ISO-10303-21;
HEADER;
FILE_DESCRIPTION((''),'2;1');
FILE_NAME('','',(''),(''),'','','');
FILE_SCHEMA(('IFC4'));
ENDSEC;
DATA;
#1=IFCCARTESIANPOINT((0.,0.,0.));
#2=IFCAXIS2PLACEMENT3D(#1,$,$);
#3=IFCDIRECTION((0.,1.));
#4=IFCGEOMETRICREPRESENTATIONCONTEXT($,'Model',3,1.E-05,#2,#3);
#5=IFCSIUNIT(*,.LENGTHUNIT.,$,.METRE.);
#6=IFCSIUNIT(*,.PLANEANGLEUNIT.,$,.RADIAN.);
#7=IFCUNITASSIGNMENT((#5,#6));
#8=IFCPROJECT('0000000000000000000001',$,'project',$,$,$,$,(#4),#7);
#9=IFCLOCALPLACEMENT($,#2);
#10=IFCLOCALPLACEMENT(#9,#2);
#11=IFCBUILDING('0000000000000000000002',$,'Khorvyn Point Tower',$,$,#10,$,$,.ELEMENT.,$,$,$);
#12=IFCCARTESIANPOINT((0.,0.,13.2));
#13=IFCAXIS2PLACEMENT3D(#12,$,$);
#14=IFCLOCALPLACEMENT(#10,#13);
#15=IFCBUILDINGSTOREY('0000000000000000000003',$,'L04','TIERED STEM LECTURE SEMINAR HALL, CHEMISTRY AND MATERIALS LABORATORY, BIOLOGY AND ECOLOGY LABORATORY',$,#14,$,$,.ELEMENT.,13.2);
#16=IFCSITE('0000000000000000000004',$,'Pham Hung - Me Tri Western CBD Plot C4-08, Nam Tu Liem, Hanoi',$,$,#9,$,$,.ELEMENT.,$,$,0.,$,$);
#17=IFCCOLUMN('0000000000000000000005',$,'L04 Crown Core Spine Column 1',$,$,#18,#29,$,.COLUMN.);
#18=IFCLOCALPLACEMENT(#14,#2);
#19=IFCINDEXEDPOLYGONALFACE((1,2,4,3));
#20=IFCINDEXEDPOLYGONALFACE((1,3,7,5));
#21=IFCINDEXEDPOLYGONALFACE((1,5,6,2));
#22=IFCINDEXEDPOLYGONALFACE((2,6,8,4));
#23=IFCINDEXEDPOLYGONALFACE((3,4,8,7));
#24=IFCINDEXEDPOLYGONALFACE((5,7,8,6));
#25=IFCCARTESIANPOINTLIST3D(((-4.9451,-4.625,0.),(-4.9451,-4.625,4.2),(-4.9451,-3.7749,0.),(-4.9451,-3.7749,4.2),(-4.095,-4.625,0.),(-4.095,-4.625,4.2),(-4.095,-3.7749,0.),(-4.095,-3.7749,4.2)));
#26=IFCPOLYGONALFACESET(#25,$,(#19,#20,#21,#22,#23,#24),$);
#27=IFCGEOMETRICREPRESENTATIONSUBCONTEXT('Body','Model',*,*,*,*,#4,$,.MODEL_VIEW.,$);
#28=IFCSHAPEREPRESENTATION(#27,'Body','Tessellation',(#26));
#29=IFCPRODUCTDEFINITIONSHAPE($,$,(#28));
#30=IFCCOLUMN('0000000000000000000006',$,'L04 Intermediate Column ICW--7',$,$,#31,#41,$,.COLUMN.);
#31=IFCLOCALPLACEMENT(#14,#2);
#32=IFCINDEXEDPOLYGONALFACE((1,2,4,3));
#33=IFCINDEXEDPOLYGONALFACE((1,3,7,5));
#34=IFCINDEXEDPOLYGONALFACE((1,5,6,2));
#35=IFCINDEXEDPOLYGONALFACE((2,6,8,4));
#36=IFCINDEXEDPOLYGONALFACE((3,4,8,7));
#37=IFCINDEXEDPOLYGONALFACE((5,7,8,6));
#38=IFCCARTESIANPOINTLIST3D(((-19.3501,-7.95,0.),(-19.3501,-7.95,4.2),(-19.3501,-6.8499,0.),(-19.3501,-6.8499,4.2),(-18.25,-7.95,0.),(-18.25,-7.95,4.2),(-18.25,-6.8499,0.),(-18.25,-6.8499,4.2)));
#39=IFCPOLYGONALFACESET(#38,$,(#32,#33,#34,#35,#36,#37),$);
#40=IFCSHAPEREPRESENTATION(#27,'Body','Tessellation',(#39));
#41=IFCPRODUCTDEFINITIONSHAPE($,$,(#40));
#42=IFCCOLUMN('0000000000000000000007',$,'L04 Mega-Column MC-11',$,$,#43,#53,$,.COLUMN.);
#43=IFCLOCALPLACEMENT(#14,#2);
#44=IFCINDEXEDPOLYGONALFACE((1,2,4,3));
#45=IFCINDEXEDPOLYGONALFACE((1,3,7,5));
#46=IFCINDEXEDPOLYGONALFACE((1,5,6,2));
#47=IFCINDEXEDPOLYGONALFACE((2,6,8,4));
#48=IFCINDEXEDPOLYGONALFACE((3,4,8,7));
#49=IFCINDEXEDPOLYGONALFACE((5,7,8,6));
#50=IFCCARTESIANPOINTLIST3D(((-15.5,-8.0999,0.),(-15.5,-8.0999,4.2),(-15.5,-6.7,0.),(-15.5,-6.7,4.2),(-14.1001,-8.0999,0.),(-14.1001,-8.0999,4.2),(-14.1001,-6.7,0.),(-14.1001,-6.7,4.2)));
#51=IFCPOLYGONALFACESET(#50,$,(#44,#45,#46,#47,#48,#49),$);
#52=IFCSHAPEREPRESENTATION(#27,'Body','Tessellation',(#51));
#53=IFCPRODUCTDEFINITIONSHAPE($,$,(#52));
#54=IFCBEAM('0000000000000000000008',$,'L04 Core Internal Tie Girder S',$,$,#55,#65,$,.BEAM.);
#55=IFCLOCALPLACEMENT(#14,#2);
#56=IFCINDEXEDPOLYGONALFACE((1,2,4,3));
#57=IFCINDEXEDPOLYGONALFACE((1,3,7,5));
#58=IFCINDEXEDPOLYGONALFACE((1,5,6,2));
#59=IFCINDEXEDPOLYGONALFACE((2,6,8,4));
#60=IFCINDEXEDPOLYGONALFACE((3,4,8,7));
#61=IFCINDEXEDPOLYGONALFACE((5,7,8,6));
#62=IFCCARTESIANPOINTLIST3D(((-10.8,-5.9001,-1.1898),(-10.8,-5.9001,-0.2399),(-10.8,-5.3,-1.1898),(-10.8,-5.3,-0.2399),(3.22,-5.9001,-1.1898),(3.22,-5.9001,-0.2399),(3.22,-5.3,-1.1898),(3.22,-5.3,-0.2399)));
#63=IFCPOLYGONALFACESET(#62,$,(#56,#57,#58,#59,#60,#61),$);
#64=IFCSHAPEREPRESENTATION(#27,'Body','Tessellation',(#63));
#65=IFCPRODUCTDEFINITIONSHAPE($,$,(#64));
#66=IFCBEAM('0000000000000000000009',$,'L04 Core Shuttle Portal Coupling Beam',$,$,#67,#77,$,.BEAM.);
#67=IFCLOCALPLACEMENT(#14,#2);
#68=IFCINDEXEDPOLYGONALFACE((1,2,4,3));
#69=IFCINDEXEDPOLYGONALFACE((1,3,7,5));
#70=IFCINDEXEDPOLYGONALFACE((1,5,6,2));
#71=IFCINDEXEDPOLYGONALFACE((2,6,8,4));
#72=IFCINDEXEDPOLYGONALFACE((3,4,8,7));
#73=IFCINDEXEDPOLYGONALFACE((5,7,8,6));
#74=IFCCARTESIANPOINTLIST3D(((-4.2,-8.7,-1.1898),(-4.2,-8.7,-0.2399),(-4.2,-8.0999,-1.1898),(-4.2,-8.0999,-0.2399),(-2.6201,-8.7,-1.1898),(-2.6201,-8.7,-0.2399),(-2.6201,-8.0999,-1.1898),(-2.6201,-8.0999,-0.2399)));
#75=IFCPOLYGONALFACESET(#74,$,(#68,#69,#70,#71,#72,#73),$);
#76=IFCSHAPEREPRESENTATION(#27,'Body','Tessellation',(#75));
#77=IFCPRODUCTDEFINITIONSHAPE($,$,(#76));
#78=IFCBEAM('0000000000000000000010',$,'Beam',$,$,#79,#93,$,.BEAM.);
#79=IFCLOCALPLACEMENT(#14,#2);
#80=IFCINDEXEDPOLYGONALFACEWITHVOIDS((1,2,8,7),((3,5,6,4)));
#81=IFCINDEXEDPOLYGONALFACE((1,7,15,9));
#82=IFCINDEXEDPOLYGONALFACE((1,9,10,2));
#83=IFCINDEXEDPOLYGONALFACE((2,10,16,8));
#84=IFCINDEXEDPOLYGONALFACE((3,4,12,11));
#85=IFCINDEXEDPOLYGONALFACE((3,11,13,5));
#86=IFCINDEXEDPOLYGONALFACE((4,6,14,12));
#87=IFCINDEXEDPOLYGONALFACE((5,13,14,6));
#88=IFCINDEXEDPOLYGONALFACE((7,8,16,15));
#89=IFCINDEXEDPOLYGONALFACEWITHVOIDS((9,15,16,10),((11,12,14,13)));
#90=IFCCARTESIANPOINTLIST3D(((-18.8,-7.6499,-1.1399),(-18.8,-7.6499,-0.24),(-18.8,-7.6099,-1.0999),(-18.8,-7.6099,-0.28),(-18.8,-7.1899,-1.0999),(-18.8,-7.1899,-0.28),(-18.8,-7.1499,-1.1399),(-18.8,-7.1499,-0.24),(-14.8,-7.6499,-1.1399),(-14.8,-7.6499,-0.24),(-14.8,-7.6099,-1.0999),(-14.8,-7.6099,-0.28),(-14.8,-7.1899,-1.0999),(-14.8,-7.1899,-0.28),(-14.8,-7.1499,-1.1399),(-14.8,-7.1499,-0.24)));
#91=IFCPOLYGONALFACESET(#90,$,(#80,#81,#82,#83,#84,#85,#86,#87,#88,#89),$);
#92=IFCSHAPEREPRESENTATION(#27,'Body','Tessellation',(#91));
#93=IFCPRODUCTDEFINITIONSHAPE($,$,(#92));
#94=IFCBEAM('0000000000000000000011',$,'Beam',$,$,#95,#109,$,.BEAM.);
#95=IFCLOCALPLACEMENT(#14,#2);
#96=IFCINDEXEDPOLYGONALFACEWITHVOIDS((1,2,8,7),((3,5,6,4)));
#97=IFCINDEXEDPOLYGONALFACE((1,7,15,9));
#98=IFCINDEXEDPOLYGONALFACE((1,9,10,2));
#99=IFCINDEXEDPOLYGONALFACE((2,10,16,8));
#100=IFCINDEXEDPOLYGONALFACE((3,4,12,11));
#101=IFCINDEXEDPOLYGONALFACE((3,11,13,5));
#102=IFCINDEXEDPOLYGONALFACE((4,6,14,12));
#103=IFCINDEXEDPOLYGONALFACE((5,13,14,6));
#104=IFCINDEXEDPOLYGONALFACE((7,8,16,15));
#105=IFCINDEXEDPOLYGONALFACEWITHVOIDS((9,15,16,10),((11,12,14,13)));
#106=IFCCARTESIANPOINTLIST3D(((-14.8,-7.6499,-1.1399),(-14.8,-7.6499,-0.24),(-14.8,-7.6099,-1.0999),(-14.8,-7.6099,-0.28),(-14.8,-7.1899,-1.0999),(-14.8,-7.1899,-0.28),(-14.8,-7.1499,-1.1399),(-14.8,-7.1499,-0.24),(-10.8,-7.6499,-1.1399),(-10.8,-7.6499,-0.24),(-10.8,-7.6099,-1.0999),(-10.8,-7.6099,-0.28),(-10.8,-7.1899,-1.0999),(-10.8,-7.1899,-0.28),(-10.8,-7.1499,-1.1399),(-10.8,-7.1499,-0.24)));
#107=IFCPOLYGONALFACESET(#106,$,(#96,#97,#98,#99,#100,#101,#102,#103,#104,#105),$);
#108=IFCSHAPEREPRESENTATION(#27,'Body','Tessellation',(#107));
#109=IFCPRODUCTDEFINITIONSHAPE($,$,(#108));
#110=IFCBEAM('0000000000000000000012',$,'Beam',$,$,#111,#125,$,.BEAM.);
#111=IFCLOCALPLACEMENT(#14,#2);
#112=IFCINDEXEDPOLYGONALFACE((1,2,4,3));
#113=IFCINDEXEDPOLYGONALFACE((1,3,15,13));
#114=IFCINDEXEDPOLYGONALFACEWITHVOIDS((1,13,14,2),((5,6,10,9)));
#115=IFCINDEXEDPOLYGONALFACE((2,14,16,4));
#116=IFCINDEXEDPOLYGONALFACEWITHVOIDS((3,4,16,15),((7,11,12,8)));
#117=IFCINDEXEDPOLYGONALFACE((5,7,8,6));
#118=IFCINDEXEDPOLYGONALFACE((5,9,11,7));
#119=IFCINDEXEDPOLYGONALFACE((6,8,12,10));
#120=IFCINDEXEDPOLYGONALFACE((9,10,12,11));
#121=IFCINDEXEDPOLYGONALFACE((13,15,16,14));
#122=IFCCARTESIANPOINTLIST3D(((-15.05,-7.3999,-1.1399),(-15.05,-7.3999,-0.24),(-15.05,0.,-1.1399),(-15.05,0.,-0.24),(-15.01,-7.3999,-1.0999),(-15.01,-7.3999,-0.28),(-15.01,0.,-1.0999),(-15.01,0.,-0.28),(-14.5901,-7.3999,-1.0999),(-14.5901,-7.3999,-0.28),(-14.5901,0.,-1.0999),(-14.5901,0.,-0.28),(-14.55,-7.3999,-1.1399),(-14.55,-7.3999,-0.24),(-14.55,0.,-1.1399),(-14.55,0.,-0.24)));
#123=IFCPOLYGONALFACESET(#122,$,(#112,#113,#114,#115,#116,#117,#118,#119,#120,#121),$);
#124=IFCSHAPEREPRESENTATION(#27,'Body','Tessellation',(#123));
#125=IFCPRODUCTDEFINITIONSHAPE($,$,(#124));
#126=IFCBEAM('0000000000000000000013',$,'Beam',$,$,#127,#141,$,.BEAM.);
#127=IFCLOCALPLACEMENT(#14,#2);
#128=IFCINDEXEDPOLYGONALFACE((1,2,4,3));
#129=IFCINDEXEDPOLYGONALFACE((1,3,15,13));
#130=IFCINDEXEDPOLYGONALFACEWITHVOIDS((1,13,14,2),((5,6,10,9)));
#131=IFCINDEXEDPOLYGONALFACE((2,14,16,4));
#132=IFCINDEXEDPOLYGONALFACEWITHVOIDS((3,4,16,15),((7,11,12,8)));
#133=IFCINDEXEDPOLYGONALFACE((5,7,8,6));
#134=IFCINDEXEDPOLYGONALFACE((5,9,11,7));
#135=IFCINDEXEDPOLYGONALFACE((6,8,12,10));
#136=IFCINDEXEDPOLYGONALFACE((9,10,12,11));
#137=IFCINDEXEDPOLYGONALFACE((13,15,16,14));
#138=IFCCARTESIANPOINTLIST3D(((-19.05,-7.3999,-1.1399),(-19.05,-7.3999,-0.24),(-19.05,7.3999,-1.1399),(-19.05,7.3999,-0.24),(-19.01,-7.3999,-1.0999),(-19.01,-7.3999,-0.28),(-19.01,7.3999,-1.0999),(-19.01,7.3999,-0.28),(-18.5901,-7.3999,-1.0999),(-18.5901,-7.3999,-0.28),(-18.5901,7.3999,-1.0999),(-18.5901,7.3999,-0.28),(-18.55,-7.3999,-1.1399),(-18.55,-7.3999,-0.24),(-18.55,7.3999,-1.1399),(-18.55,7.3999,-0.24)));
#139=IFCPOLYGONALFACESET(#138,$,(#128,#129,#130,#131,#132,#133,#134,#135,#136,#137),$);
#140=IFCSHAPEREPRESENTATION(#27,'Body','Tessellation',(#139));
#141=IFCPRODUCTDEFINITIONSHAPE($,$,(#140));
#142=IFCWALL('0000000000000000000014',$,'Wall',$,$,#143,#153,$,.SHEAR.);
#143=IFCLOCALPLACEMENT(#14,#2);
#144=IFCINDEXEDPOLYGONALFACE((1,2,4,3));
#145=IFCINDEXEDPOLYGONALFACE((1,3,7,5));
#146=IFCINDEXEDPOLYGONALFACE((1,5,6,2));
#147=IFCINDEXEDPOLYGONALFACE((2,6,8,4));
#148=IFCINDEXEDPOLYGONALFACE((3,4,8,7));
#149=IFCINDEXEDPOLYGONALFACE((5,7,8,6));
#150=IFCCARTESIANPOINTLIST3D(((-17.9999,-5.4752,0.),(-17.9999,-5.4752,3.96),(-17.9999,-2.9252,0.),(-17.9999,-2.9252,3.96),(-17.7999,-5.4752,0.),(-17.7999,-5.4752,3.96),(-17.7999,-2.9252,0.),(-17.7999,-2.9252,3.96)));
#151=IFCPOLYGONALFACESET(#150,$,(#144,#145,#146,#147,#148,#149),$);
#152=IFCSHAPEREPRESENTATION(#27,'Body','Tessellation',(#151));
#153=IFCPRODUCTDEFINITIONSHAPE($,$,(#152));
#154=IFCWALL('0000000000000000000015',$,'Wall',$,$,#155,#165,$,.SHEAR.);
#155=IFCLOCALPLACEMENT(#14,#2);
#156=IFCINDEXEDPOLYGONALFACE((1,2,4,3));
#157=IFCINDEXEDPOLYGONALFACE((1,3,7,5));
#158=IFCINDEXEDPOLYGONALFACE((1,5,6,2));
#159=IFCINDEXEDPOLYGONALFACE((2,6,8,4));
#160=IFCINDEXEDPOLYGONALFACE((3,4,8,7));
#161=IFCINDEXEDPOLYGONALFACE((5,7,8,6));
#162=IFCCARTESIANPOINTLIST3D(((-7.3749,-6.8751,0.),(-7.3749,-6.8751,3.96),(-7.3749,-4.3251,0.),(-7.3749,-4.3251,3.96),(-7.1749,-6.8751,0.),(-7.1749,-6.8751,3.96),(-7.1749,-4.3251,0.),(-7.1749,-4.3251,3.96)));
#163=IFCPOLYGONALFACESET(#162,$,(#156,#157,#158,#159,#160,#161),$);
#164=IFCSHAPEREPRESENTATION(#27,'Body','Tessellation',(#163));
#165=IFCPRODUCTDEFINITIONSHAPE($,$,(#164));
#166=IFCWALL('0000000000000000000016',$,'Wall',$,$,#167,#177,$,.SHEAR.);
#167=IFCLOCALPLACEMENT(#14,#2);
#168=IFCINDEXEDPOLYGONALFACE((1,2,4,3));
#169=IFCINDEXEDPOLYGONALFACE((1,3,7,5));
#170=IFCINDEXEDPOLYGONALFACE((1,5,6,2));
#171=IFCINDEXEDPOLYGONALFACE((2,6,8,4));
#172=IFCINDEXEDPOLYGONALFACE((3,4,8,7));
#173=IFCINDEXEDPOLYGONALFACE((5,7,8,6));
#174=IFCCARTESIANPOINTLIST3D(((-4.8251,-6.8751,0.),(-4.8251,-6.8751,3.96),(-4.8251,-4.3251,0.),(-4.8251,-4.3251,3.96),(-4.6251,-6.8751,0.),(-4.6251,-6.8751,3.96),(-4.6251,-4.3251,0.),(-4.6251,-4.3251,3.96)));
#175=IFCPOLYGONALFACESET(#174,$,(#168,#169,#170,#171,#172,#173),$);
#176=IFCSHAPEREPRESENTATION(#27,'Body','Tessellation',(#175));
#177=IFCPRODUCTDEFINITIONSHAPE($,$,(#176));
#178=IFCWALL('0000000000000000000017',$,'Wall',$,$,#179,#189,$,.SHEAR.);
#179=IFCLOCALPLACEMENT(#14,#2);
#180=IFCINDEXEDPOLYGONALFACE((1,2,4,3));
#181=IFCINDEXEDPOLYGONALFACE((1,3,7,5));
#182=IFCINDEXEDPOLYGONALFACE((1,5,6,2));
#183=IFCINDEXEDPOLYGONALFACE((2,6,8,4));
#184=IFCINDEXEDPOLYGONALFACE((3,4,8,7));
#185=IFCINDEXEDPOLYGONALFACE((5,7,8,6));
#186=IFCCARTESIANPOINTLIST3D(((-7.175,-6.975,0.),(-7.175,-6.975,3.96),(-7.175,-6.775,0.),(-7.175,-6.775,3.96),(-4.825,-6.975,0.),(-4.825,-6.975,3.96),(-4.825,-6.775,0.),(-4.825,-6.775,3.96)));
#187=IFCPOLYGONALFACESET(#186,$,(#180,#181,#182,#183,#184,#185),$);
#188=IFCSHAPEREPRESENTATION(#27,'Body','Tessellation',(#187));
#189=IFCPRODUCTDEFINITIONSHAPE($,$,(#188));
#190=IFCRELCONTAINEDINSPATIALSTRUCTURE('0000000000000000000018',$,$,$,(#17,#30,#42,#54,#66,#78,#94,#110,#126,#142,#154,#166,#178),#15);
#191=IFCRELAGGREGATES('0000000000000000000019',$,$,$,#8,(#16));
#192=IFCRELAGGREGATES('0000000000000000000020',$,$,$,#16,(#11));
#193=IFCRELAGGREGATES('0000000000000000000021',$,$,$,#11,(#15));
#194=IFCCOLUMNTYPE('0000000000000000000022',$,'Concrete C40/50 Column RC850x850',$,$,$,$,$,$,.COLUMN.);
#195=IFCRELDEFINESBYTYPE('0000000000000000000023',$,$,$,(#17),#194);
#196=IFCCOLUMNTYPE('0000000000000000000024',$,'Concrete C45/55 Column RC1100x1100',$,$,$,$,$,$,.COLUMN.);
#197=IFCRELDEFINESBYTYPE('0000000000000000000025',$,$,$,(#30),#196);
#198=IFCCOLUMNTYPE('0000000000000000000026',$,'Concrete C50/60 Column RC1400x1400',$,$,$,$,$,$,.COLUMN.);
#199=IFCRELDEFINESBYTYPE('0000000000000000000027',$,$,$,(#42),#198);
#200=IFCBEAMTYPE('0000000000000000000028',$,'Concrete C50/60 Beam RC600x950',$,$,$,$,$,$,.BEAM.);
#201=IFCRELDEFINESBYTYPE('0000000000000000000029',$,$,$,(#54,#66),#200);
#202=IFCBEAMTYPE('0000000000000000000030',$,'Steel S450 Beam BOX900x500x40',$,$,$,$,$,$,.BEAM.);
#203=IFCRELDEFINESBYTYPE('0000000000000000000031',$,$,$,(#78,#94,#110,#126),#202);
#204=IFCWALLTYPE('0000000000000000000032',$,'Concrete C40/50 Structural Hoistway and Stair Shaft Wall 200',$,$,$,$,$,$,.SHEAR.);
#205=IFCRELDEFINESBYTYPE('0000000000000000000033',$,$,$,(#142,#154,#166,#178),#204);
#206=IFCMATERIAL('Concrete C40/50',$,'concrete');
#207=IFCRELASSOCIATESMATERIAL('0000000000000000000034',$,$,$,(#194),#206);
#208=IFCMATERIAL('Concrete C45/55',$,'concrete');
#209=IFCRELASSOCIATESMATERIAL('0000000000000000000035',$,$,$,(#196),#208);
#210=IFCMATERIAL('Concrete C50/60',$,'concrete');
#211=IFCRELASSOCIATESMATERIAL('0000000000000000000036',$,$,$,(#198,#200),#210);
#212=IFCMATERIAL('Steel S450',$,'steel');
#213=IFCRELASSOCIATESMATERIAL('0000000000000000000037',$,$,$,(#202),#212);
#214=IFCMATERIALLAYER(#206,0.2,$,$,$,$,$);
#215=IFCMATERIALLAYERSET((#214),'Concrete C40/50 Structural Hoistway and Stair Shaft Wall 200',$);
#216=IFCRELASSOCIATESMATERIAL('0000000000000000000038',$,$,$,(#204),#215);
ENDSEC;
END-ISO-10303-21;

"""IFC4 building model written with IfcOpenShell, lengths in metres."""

from ifc_helpers import new_model, si_unit, direction, frame, frame_2d, origin, origin_2d, place, context, subcontext, project, spatial, rectangle, hollow_rectangle, extrude, material, layer, layer_set, material_profile, profile_set, type_object, element, save


model = new_model("IFC4")

# Units and contexts
model_context = context("Model", 3, precision=1e-05, world=origin(), true_north=direction((0.0, 1.0)))
body_context = subcontext(model_context, "Body", "Model", "MODEL_VIEW")
ifc_project = project(units=[si_unit("LENGTHUNIT", "METRE"), si_unit("PLANEANGLEUNIT", "RADIAN")], contexts=[model_context])

# Site, building, storey
site_placement = place(None, origin())
site = spatial("IfcSite", under=ifc_project, at=site_placement, Name="Pham Hung - Me Tri Western CBD Plot C4-08, Nam Tu Liem, Hanoi", CompositionType="ELEMENT", RefElevation=0.0)
building_placement = place(site_placement, origin())
building = spatial("IfcBuilding", under=site, at=building_placement, Name="Khorvyn Point Tower", CompositionType="ELEMENT")
storey_placement = place(building_placement, frame((0.0, 0.0, 13.2)))
storey = spatial("IfcBuildingStorey", under=building, at=storey_placement, Name="L04", Description="TIERED STEM LECTURE SEMINAR HALL, CHEMISTRY AND MATERIALS LABORATORY, BIOLOGY AND ECOLOGY LABORATORY", CompositionType="ELEMENT", Elevation=13.2)

# Columns
ifc_material_1 = material(Name="Concrete C40/50", Category="concrete")
ifc_material_profile_1 = material_profile(ifc_material_1, rectangle(XDim=0.8501, YDim=0.8501, at=origin_2d()))
ifc_profile_set_1 = profile_set([ifc_material_profile_1], Name="Concrete C40/50 RC850x850")
column_type_1 = type_object("IfcColumnType", Name="Concrete C40/50 Column RC850x850", PredefinedType="COLUMN", material=ifc_profile_set_1)
column_1_placement = place(storey_placement, frame((-4.52, -4.2, 0.0), z_axis=(0.0, 0.0, 1.0), x_axis=(1.0, 0.0, 0.0)))
element("IfcColumn", 1, at=column_1_placement, inside=storey, type_object=column_type_1, Name="L04 Crown Core Spine Column 1", PredefinedType="COLUMN", context=body_context, shape_type="SweptSolid", body=[
    extrude(rectangle(XDim=0.8501, YDim=0.8501, at=origin_2d()), origin(), (0.0, 0.0, 1.0), 4.2),
])
ifc_material_2 = material(Name="Concrete C45/55", Category="concrete")
ifc_material_profile_2 = material_profile(ifc_material_2, rectangle(XDim=1.1001, YDim=1.1001, at=origin_2d()))
ifc_profile_set_2 = profile_set([ifc_material_profile_2], Name="Concrete C45/55 RC1100x1100")
column_type_2 = type_object("IfcColumnType", Name="Concrete C45/55 Column RC1100x1100", PredefinedType="COLUMN", material=ifc_profile_set_2)
column_2_placement = place(storey_placement, frame((-18.8, -7.3999, 0.0), z_axis=(0.0, 0.0, 1.0), x_axis=(1.0, 0.0, 0.0)))
element("IfcColumn", 2, at=column_2_placement, inside=storey, type_object=column_type_2, Name="L04 Intermediate Column ICW--7", PredefinedType="COLUMN", context=body_context, shape_type="SweptSolid", body=[
    extrude(rectangle(XDim=1.1001, YDim=1.1001, at=origin_2d()), origin(), (0.0, 0.0, 1.0), 4.2),
])
ifc_material_3 = material(Name="Concrete C50/60", Category="concrete")
ifc_material_profile_3 = material_profile(ifc_material_3, rectangle(XDim=1.3999, YDim=1.3999, at=origin_2d()))
ifc_profile_set_3 = profile_set([ifc_material_profile_3], Name="Concrete C50/60 RC1400x1400")
column_type_3 = type_object("IfcColumnType", Name="Concrete C50/60 Column RC1400x1400", PredefinedType="COLUMN", material=ifc_profile_set_3)
column_3_placement = place(storey_placement, frame((-14.8, -7.3999, 0.0), z_axis=(0.0, 0.0, 1.0), x_axis=(1.0, 0.0, 0.0)))
element("IfcColumn", 3, at=column_3_placement, inside=storey, type_object=column_type_3, Name="L04 Mega-Column MC-11", PredefinedType="COLUMN", context=body_context, shape_type="SweptSolid", body=[
    extrude(rectangle(XDim=1.3999, YDim=1.3999, at=origin_2d()), origin(), (0.0, 0.0, 1.0), 4.2),
])

# Beams
ifc_material_profile_4 = material_profile(ifc_material_3, rectangle(XDim=0.6001, YDim=0.95, at=origin_2d()))
ifc_profile_set_4 = profile_set([ifc_material_profile_4], Name="Concrete C50/60 RC600x950")
beam_type_1 = type_object("IfcBeamType", Name="Concrete C50/60 Beam RC600x950", PredefinedType="BEAM", material=ifc_profile_set_4)
beam_1_placement = place(storey_placement, frame((-10.8, -5.6001, -0.7148), z_axis=(1.0, 0.0, 0.0), x_axis=(0.0, 1.0, 0.0)))
element("IfcBeam", 4, at=beam_1_placement, inside=storey, type_object=beam_type_1, Name="L04 Core Internal Tie Girder S", PredefinedType="BEAM", context=body_context, shape_type="SweptSolid", body=[
    extrude(rectangle(XDim=0.6001, YDim=0.95, at=origin_2d()), origin(), (0.0, 0.0, 1.0), 14.02),
])
beam_2_placement = place(storey_placement, frame((-4.2, -8.3999, -0.7148), z_axis=(1.0, 0.0, 0.0), x_axis=(0.0, 1.0, 0.0)))
element("IfcBeam", 5, at=beam_2_placement, inside=storey, type_object=beam_type_1, Name="L04 Core Shuttle Portal Coupling Beam", PredefinedType="BEAM", context=body_context, shape_type="SweptSolid", body=[
    extrude(rectangle(XDim=0.6001, YDim=0.95, at=origin_2d()), origin(), (0.0, 0.0, 1.0), 1.5798),
])
ifc_material_4 = material(Name="Steel S450", Category="steel")
ifc_material_profile_5 = material_profile(ifc_material_4, hollow_rectangle(XDim=0.5, YDim=0.8999, WallThickness=0.04, at=origin_2d()))
ifc_profile_set_5 = profile_set([ifc_material_profile_5], Name="Steel S450 BOX900x500x40")
beam_type_2 = type_object("IfcBeamType", Name="Steel S450 Beam BOX900x500x40", PredefinedType="BEAM", material=ifc_profile_set_5)
for number, where, z_axis, x_axis, name in (
    (6, (-18.8, -7.3999, -0.6899), (1.0, 0.0, 0.0), (0.0, 1.0, 0.0), "Beam"),
    (7, (-14.8, -7.3999, -0.6899), (1.0, 0.0, 0.0), (0.0, 1.0, 0.0), "Beam"),
):
    element("IfcBeam", number, at=place(storey_placement, frame(where, z_axis=z_axis, x_axis=x_axis)), inside=storey, type_object=beam_type_2, Name=name, PredefinedType="BEAM", context=body_context, shape_type="SweptSolid", body=[
        extrude(hollow_rectangle(XDim=0.5, YDim=0.8999, WallThickness=0.04, at=origin_2d()), origin(), (0.0, 0.0, 1.0), 4.0),
    ])
beam_3_placement = place(storey_placement, frame((-14.8, -7.3999, -0.6899), z_axis=(0.0, 1.0, 0.0), x_axis=(-1.0, 0.0, 0.0)))
element("IfcBeam", 8, at=beam_3_placement, inside=storey, type_object=beam_type_2, Name="Beam", PredefinedType="BEAM", context=body_context, shape_type="SweptSolid", body=[
    extrude(hollow_rectangle(XDim=0.5, YDim=0.8999, WallThickness=0.04, at=origin_2d()), origin(), (0.0, 0.0, 1.0), 7.3999),
])
beam_4_placement = place(storey_placement, frame((-18.8, -7.3999, -0.6899), z_axis=(0.0, 1.0, 0.0), x_axis=(-1.0, 0.0, 0.0)))
element("IfcBeam", 9, at=beam_4_placement, inside=storey, type_object=beam_type_2, Name="Beam", PredefinedType="BEAM", context=body_context, shape_type="SweptSolid", body=[
    extrude(hollow_rectangle(XDim=0.5, YDim=0.8999, WallThickness=0.04, at=origin_2d()), origin(), (0.0, 0.0, 1.0), 14.7998),
])

# Walls
ifc_layer_1 = layer(ifc_material_1, 0.2)
ifc_layer_set_1 = layer_set([ifc_layer_1], Name="Concrete C40/50 Structural Hoistway and Stair Shaft Wall 200")
wall_type_1 = type_object("IfcWallType", Name="Concrete C40/50 Structural Hoistway and Stair Shaft Wall 200", PredefinedType="SHEAR", material=ifc_layer_set_1)
for number, where, z_axis, x_axis, name in (
    (10, (-17.8999, -5.4751, 0.0), (0.0, 0.0, 1.0), (0.0, 1.0, 0.0), "Wall"),
    (11, (-7.2749, -6.875, 0.0), (0.0, 0.0, 1.0), (0.0, 1.0, 0.0), "Wall"),
    (12, (-4.7251, -6.875, 0.0), (0.0, 0.0, 1.0), (0.0, 1.0, 0.0), "Wall"),
):
    element("IfcWall", number, at=place(storey_placement, frame(where, z_axis=z_axis, x_axis=x_axis)), inside=storey, type_object=wall_type_1, Name=name, PredefinedType="SHEAR", context=body_context, shape_type="SweptSolid", body=[
        extrude(rectangle(XDim=2.55, YDim=0.2, at=frame_2d((1.2749, 0.0))), origin(), (0.0, 0.0, 1.0), 3.96),
    ])
for number, where, z_axis, x_axis, name in (
    (13, (-7.175, -6.875, 0.0), (0.0, 0.0, 1.0), (1.0, 0.0, 0.0), "Wall"),
):
    element("IfcWall", number, at=place(storey_placement, frame(where, z_axis=z_axis, x_axis=x_axis)), inside=storey, type_object=wall_type_1, Name=name, PredefinedType="SHEAR", context=body_context, shape_type="SweptSolid", body=[
        extrude(rectangle(XDim=2.3501, YDim=0.2, at=frame_2d((1.175, 0.0))), origin(), (0.0, 0.0, 1.0), 3.96),
    ])

save(model, "model.ifc")
